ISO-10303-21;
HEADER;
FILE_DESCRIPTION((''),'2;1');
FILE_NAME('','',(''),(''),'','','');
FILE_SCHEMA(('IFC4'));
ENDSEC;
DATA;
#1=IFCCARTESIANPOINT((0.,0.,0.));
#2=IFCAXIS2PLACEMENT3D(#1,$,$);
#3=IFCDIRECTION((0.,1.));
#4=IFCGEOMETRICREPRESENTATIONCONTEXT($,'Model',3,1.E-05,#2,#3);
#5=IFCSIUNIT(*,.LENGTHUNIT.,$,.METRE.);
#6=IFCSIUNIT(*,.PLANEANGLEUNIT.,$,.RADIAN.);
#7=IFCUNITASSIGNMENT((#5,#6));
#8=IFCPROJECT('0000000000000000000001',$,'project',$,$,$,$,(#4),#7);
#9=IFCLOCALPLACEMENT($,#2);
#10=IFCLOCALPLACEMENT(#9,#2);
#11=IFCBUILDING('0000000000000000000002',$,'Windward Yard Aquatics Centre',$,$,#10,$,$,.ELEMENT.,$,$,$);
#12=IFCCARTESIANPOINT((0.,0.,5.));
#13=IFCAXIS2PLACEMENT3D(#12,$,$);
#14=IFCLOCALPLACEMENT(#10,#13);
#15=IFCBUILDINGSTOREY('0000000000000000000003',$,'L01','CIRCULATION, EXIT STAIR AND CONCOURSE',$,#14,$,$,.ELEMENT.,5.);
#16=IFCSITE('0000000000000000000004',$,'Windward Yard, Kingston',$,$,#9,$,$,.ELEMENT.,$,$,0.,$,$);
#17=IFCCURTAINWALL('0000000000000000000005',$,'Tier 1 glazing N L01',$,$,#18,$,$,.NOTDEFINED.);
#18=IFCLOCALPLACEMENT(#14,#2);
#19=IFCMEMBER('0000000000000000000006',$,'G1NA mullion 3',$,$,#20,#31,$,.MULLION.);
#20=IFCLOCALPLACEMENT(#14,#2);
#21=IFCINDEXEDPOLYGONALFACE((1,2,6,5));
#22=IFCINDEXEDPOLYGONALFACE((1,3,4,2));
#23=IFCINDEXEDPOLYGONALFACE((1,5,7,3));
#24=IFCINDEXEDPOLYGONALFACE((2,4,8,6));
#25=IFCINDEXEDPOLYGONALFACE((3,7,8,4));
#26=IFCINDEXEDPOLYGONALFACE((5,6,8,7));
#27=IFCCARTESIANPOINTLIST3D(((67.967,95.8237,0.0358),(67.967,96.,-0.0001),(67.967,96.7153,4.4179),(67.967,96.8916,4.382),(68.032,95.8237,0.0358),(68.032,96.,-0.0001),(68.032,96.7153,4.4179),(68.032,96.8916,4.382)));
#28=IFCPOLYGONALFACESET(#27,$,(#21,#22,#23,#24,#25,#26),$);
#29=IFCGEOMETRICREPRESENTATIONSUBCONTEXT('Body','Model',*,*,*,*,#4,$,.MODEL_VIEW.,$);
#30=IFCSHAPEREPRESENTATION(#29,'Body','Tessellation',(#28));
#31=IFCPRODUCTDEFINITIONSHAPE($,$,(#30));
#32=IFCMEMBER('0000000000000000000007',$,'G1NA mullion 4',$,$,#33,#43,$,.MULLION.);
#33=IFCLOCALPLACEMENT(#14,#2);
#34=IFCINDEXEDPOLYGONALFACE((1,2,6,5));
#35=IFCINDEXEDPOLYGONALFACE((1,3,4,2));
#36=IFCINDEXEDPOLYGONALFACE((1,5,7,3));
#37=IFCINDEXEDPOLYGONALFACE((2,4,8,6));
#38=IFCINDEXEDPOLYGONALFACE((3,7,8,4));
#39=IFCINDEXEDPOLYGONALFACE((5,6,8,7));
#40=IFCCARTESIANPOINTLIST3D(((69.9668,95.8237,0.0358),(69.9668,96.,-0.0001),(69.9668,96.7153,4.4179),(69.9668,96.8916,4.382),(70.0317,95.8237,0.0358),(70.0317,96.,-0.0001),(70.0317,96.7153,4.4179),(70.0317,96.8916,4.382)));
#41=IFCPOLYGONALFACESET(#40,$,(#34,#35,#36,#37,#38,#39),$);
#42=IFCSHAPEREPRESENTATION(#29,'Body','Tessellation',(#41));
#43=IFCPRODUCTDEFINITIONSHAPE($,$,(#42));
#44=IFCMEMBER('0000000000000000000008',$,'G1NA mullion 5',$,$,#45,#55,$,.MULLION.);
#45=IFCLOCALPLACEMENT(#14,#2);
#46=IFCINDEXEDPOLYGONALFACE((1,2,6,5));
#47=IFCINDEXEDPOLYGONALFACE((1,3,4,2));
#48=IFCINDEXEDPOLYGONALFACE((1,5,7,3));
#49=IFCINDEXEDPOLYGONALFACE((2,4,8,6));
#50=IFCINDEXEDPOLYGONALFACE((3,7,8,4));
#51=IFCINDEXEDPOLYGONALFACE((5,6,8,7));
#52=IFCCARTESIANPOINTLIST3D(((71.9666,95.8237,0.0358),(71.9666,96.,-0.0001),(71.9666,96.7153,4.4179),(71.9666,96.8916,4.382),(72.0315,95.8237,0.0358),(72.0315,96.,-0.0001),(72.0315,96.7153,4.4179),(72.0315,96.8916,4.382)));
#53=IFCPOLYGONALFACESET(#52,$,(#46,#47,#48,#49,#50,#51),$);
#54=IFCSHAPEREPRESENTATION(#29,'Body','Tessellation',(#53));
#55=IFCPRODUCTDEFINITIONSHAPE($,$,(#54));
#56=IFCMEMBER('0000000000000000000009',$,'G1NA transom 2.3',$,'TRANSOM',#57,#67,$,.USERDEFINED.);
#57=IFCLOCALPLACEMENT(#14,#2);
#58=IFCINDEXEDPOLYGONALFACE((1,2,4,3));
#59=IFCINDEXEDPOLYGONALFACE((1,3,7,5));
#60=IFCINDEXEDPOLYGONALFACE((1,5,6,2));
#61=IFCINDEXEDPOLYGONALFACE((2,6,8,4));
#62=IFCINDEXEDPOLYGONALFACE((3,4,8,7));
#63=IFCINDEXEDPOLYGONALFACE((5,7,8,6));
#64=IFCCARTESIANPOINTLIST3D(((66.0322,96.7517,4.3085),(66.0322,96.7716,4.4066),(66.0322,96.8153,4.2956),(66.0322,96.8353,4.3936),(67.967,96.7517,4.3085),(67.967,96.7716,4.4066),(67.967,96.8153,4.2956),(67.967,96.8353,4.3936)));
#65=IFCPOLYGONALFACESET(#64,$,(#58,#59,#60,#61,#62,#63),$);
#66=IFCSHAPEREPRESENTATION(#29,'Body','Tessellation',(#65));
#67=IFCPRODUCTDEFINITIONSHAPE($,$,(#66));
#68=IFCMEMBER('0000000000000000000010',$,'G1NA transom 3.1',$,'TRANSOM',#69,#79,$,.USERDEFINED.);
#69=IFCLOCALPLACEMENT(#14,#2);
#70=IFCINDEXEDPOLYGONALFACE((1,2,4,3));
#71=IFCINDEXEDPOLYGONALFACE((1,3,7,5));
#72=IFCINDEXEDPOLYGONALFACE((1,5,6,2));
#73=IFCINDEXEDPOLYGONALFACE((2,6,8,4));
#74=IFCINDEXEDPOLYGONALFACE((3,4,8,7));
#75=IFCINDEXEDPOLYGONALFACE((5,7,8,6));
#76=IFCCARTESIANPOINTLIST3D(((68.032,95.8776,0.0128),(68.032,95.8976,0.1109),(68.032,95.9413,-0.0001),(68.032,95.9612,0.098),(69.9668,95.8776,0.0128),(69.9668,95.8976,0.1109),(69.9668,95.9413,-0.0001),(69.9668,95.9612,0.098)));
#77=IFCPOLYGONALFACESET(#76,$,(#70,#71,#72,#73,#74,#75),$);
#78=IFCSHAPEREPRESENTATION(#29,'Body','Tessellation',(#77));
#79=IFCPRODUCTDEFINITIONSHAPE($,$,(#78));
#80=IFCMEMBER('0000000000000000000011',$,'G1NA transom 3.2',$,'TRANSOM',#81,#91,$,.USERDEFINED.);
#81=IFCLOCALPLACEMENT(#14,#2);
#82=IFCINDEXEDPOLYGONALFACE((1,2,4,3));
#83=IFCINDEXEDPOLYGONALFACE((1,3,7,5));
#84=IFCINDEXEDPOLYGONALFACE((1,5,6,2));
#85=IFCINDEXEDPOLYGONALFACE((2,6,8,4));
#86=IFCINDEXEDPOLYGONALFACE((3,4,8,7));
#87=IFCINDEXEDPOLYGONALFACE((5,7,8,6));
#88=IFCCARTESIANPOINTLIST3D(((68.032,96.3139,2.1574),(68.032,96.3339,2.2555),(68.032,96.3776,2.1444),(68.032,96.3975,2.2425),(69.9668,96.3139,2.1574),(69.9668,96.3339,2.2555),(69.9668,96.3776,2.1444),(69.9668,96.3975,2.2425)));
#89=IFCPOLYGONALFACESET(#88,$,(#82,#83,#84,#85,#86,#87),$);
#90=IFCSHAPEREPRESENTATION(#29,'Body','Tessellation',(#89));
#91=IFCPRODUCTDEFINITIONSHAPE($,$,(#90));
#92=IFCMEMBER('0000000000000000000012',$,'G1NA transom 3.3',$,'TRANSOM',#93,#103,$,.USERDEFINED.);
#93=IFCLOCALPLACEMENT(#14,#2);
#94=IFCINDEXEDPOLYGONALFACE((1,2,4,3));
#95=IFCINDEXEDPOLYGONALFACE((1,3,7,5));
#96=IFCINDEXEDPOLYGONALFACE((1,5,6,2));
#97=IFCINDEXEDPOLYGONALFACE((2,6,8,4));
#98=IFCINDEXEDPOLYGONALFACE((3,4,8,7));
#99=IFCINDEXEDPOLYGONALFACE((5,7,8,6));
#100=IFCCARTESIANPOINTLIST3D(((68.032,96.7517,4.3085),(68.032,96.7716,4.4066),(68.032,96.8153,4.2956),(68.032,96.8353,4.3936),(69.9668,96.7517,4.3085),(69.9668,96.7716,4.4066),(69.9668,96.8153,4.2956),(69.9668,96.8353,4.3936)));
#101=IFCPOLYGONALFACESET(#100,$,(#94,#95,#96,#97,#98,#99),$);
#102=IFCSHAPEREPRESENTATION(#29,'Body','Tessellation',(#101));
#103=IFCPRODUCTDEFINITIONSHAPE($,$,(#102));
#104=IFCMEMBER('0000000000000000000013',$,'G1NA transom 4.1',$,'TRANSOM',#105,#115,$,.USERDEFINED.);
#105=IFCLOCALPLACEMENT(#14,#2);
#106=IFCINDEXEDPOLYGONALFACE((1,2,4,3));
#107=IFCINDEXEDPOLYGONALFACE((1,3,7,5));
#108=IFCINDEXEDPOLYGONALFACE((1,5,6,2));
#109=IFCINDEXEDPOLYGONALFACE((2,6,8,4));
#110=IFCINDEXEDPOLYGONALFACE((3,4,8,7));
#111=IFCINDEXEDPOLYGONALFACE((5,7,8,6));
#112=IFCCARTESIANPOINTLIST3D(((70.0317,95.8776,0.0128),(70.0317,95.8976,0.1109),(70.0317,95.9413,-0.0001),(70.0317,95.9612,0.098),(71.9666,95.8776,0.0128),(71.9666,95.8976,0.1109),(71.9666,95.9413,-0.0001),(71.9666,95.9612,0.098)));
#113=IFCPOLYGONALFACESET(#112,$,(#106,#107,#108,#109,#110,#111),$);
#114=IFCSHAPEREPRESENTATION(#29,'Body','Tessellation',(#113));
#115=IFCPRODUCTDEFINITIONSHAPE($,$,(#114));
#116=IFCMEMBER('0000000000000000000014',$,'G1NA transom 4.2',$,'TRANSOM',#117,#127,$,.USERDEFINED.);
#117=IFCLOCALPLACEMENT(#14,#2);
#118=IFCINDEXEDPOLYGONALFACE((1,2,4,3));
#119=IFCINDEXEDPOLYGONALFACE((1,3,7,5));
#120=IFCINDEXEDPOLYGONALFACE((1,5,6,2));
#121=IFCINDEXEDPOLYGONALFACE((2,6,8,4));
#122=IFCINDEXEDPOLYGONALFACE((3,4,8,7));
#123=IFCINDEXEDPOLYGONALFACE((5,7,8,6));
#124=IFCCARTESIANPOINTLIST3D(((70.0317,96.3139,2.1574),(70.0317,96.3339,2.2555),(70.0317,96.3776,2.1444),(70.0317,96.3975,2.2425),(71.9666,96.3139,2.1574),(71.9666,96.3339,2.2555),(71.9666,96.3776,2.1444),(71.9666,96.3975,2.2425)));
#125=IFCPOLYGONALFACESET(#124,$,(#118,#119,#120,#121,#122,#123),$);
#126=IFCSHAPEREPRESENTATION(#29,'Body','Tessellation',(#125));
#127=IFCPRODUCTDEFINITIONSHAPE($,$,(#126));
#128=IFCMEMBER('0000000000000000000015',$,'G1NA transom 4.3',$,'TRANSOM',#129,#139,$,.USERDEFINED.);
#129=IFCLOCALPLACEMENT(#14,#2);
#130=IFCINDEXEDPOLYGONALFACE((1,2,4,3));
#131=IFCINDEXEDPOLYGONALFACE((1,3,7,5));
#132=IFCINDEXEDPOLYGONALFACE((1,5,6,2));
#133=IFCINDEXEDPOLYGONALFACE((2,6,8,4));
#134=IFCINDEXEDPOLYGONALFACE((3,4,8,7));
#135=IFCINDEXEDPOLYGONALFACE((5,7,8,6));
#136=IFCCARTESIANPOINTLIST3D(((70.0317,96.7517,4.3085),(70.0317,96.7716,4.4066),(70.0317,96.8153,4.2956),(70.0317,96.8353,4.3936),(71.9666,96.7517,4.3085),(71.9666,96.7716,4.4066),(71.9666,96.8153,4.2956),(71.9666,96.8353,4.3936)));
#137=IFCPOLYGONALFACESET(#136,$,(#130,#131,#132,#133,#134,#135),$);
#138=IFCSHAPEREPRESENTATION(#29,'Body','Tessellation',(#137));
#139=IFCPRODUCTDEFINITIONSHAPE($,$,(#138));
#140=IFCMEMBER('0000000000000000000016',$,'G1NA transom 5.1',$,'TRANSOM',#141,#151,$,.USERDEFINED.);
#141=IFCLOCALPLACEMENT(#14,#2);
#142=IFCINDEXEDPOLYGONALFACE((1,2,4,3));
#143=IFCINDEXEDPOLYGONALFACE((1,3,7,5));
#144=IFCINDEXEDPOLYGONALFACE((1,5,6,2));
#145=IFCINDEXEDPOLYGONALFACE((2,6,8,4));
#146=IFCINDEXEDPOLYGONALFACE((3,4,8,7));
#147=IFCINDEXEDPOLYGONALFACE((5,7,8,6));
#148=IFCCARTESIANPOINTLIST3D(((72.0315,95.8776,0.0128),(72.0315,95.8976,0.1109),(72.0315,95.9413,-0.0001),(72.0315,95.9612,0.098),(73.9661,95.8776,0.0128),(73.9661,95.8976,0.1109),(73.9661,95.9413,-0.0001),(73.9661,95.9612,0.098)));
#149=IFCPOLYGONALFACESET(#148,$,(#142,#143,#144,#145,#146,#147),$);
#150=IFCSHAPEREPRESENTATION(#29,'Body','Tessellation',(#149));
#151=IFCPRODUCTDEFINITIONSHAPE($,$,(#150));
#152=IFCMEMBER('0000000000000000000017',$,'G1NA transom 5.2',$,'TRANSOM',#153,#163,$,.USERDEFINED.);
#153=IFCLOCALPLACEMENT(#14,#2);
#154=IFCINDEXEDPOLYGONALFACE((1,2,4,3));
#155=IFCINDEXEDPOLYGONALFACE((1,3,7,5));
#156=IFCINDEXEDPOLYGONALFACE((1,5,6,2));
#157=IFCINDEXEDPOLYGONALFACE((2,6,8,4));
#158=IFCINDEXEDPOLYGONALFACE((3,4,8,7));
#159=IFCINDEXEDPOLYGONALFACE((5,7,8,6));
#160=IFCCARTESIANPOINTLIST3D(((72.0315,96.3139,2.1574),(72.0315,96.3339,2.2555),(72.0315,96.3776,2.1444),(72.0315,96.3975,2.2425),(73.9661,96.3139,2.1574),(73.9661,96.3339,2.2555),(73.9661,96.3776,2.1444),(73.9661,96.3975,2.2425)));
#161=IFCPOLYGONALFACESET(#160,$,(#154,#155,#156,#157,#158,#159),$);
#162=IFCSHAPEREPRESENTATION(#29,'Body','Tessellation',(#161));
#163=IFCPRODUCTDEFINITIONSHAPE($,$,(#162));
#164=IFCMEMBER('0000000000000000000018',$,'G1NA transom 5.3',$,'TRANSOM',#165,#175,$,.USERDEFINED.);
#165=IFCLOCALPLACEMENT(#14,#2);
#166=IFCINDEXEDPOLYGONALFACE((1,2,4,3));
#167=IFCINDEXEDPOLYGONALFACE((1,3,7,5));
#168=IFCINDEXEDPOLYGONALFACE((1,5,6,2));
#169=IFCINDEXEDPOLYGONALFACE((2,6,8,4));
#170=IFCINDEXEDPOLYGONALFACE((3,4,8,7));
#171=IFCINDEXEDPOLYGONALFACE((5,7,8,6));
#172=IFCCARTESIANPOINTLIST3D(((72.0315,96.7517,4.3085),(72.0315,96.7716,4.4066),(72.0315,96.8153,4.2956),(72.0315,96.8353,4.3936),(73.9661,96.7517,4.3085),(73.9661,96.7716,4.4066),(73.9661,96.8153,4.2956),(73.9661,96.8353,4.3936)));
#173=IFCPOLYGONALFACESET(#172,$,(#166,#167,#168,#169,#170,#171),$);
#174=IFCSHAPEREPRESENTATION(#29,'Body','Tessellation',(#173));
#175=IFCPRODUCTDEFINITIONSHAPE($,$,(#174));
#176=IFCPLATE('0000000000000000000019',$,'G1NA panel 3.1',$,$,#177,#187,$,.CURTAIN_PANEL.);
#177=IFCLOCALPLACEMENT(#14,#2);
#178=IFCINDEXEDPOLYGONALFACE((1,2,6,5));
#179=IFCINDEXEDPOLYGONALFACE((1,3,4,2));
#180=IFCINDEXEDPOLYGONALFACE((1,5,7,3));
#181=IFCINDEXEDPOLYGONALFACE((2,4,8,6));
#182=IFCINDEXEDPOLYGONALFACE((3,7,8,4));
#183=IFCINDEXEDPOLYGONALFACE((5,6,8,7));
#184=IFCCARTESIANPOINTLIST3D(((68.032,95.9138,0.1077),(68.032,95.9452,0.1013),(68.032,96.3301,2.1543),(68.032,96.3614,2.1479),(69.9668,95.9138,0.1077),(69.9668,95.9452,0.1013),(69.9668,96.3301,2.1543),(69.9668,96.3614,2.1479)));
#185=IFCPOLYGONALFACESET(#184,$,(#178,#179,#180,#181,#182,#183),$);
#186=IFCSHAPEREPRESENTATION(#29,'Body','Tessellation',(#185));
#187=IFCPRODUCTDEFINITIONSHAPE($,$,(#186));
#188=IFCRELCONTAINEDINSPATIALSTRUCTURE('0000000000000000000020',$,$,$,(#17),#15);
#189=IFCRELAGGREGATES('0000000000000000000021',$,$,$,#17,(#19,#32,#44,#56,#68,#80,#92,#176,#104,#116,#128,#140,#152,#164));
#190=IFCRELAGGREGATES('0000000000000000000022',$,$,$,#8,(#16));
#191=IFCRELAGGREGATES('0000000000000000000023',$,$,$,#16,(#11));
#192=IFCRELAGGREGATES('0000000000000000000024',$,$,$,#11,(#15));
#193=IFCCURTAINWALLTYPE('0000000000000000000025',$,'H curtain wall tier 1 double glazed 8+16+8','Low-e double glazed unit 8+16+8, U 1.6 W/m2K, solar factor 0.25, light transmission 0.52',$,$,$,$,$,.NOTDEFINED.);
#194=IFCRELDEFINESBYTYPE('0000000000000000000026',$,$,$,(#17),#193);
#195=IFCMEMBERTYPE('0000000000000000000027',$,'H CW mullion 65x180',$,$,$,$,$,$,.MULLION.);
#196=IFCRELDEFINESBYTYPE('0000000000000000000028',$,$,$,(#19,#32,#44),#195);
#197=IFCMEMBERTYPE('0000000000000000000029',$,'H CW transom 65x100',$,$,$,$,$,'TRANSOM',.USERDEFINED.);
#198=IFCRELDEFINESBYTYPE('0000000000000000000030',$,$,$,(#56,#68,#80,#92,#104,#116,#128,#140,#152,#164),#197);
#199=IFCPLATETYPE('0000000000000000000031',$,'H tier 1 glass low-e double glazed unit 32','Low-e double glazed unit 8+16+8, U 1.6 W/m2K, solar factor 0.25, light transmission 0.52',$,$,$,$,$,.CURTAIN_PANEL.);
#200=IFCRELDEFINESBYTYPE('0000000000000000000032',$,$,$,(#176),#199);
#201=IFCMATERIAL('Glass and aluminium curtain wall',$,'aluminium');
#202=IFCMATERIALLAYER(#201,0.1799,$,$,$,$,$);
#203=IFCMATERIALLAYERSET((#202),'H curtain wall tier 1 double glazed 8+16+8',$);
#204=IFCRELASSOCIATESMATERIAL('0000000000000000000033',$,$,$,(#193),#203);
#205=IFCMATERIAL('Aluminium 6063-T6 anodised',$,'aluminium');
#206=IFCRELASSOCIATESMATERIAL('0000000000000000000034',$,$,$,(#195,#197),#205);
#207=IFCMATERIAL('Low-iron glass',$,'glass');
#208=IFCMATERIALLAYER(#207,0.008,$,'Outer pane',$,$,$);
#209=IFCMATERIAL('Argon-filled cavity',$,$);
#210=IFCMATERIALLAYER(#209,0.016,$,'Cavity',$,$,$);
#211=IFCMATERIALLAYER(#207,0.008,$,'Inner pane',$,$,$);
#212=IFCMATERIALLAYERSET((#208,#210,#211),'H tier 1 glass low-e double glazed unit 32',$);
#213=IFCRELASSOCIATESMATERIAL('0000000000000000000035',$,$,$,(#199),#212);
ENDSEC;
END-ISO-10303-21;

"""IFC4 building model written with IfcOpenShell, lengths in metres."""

from ifc_helpers import new_model, si_unit, direction, frame, origin, origin_2d, place, context, subcontext, project, spatial, polyline, rectangle, outline, extrude, material, layer, layer_set, material_profile, profile_set, type_object, element, aggregate, save


model = new_model("IFC4")

# Units and contexts
model_context = context("Model", 3, precision=1e-05, world=origin(), true_north=direction((0.0, 1.0)))
body_context = subcontext(model_context, "Body", "Model", "MODEL_VIEW")
ifc_project = project(units=[si_unit("LENGTHUNIT", "METRE"), si_unit("PLANEANGLEUNIT", "RADIAN")], contexts=[model_context])

# Site, building, storey
site_placement = place(None, origin())
site = spatial("IfcSite", under=ifc_project, at=site_placement, Name="Windward Yard, Kingston", CompositionType="ELEMENT", RefElevation=0.0)
building_placement = place(site_placement, origin())
building = spatial("IfcBuilding", under=site, at=building_placement, Name="Windward Yard Aquatics Centre", CompositionType="ELEMENT")
storey_placement = place(building_placement, frame((0.0, 0.0, 5.0)))
storey = spatial("IfcBuildingStorey", under=building, at=storey_placement, Name="L01", Description="CIRCULATION, EXIT STAIR AND CONCOURSE", CompositionType="ELEMENT", Elevation=5.0)

# Curtain wall, members, plate
ifc_material_1 = material(Name="Glass and aluminium curtain wall", Category="aluminium")
ifc_layer_1 = layer(ifc_material_1, 0.1799)
ifc_layer_set_1 = layer_set([ifc_layer_1], Name="H curtain wall tier 1 double glazed 8+16+8")
curtain_wall_type = type_object("IfcCurtainWallType", Name="H curtain wall tier 1 double glazed 8+16+8", Description="Low-e double glazed unit 8+16+8, U 1.6 W/m2K, solar factor 0.25, light transmission 0.52", PredefinedType="NOTDEFINED", material=ifc_layer_set_1)
curtain_wall_placement = place(storey_placement, origin())
curtain_wall = element("IfcCurtainWall", 1, at=curtain_wall_placement, inside=storey, type_object=curtain_wall_type, Name="Tier 1 glazing N L01", PredefinedType="NOTDEFINED")
ifc_material_2 = material(Name="Aluminium 6063-T6 anodised", Category="aluminium")
ifc_material_profile_1 = material_profile(ifc_material_2, rectangle(XDim=0.0649, YDim=0.1799, at=origin_2d()), Name="H CW mullion 65x180")
ifc_profile_set_1 = profile_set([ifc_material_profile_1], Name="Aluminium 6063-T6 anodised")
member_type_1 = type_object("IfcMemberType", Name="H CW mullion 65x180", PredefinedType="MULLION", material=ifc_profile_set_1)
member_1_placement = place(storey_placement, frame((67.9995, 95.9119, 0.0178), z_axis=(0.0, 0.19938, 0.979922), x_axis=(-1.0, 0.0, 0.0)))
member_1 = element("IfcMember", 2, at=member_1_placement, type_object=member_type_1, Name="G1NA mullion 3", PredefinedType="MULLION", context=body_context, shape_type="SweptSolid", body=[
    extrude(rectangle(XDim=0.0649, YDim=0.1799, at=origin_2d()), origin(), (0.0, 0.0, 1.0), 4.4719),
])
member_2_placement = place(storey_placement, frame((69.9993, 95.9119, 0.0178), z_axis=(0.0, 0.19938, 0.979922), x_axis=(-1.0, 0.0, 0.0)))
member_2 = element("IfcMember", 3, at=member_2_placement, type_object=member_type_1, Name="G1NA mullion 4", PredefinedType="MULLION", context=body_context, shape_type="SweptSolid", body=[
    extrude(rectangle(XDim=0.0649, YDim=0.1799, at=origin_2d()), origin(), (0.0, 0.0, 1.0), 4.4719),
])
member_3_placement = place(storey_placement, frame((71.999, 95.9119, 0.0178), z_axis=(0.0, 0.19938, 0.979922), x_axis=(-1.0, 0.0, 0.0)))
member_3 = element("IfcMember", 4, at=member_3_placement, type_object=member_type_1, Name="G1NA mullion 5", PredefinedType="MULLION", context=body_context, shape_type="SweptSolid", body=[
    extrude(rectangle(XDim=0.0649, YDim=0.1799, at=origin_2d()), origin(), (0.0, 0.0, 1.0), 4.4719),
])
ifc_material_profile_2 = material_profile(ifc_material_2, rectangle(XDim=0.0649, YDim=0.1001, at=origin_2d()), Name="H CW transom 65x100")
ifc_profile_set_2 = profile_set([ifc_material_profile_2], Name="Aluminium 6063-T6 anodised")
member_type_2 = type_object("IfcMemberType", Name="H CW transom 65x100", ElementType="TRANSOM", PredefinedType="USERDEFINED", material=ifc_profile_set_2)
member_4_placement = place(storey_placement, frame((66.0322, 96.7935, 4.3511), z_axis=(1.0, 0.0, 0.0), x_axis=(0.0, -0.979925, 0.199368)))
member_4 = element("IfcMember", 5, at=member_4_placement, type_object=member_type_2, Name="G1NA transom 2.3", ObjectType="TRANSOM", PredefinedType="USERDEFINED", context=body_context, shape_type="SweptSolid", body=[
    extrude(rectangle(XDim=0.0649, YDim=0.1001, at=origin_2d()), origin(), (0.0, 0.0, 1.0), 1.9348),
])
member_5_placement = place(storey_placement, frame((68.032, 95.9194, 0.0554), z_axis=(1.0, 0.0, 0.0), x_axis=(0.0, -0.979925, 0.199368)))
member_5 = element("IfcMember", 6, at=member_5_placement, type_object=member_type_2, Name="G1NA transom 3.1", ObjectType="TRANSOM", PredefinedType="USERDEFINED", context=body_context, shape_type="SweptSolid", body=[
    extrude(rectangle(XDim=0.0649, YDim=0.1001, at=origin_2d()), origin(), (0.0, 0.0, 1.0), 1.9348),
])
member_6_placement = place(storey_placement, frame((68.032, 96.3557, 2.2), z_axis=(1.0, 0.0, 0.0), x_axis=(0.0, -0.979925, 0.199368)))
member_6 = element("IfcMember", 7, at=member_6_placement, type_object=member_type_2, Name="G1NA transom 3.2", ObjectType="TRANSOM", PredefinedType="USERDEFINED", context=body_context, shape_type="SweptSolid", body=[
    extrude(rectangle(XDim=0.0649, YDim=0.1001, at=origin_2d()), origin(), (0.0, 0.0, 1.0), 1.9348),
])
member_7_placement = place(storey_placement, frame((68.032, 96.7935, 4.3511), z_axis=(1.0, 0.0, 0.0), x_axis=(0.0, -0.979925, 0.199368)))
member_7 = element("IfcMember", 8, at=member_7_placement, type_object=member_type_2, Name="G1NA transom 3.3", ObjectType="TRANSOM", PredefinedType="USERDEFINED", context=body_context, shape_type="SweptSolid", body=[
    extrude(rectangle(XDim=0.0649, YDim=0.1001, at=origin_2d()), origin(), (0.0, 0.0, 1.0), 1.9348),
])
member_8_placement = place(storey_placement, frame((70.0317, 95.9194, 0.0554), z_axis=(1.0, 0.0, 0.0), x_axis=(0.0, -0.979925, 0.199368)))
member_8 = element("IfcMember", 9, at=member_8_placement, type_object=member_type_2, Name="G1NA transom 4.1", ObjectType="TRANSOM", PredefinedType="USERDEFINED", context=body_context, shape_type="SweptSolid", body=[
    extrude(rectangle(XDim=0.0649, YDim=0.1001, at=origin_2d()), origin(), (0.0, 0.0, 1.0), 1.9348),
])
member_9_placement = place(storey_placement, frame((70.0317, 96.3557, 2.2), z_axis=(1.0, 0.0, 0.0), x_axis=(0.0, -0.979925, 0.199368)))
member_9 = element("IfcMember", 10, at=member_9_placement, type_object=member_type_2, Name="G1NA transom 4.2", ObjectType="TRANSOM", PredefinedType="USERDEFINED", context=body_context, shape_type="SweptSolid", body=[
    extrude(rectangle(XDim=0.0649, YDim=0.1001, at=origin_2d()), origin(), (0.0, 0.0, 1.0), 1.9348),
])
member_10_placement = place(storey_placement, frame((70.0317, 96.7935, 4.3511), z_axis=(1.0, 0.0, 0.0), x_axis=(0.0, -0.979925, 0.199368)))
member_10 = element("IfcMember", 11, at=member_10_placement, type_object=member_type_2, Name="G1NA transom 4.3", ObjectType="TRANSOM", PredefinedType="USERDEFINED", context=body_context, shape_type="SweptSolid", body=[
    extrude(rectangle(XDim=0.0649, YDim=0.1001, at=origin_2d()), origin(), (0.0, 0.0, 1.0), 1.9348),
])
member_11_placement = place(storey_placement, frame((72.0315, 95.9194, 0.0554), z_axis=(1.0, 0.0, 0.0), x_axis=(0.0, -0.979925, 0.199368)))
member_11 = element("IfcMember", 12, at=member_11_placement, type_object=member_type_2, Name="G1NA transom 5.1", ObjectType="TRANSOM", PredefinedType="USERDEFINED", context=body_context, shape_type="SweptSolid", body=[
    extrude(rectangle(XDim=0.0649, YDim=0.1001, at=origin_2d()), origin(), (0.0, 0.0, 1.0), 1.9346),
])
member_12_placement = place(storey_placement, frame((72.0315, 96.3557, 2.2), z_axis=(1.0, 0.0, 0.0), x_axis=(0.0, -0.979925, 0.199368)))
member_12 = element("IfcMember", 13, at=member_12_placement, type_object=member_type_2, Name="G1NA transom 5.2", ObjectType="TRANSOM", PredefinedType="USERDEFINED", context=body_context, shape_type="SweptSolid", body=[
    extrude(rectangle(XDim=0.0649, YDim=0.1001, at=origin_2d()), origin(), (0.0, 0.0, 1.0), 1.9346),
])
member_13_placement = place(storey_placement, frame((72.0315, 96.7935, 4.3511), z_axis=(1.0, 0.0, 0.0), x_axis=(0.0, -0.979925, 0.199368)))
member_13 = element("IfcMember", 14, at=member_13_placement, type_object=member_type_2, Name="G1NA transom 5.3", ObjectType="TRANSOM", PredefinedType="USERDEFINED", context=body_context, shape_type="SweptSolid", body=[
    extrude(rectangle(XDim=0.0649, YDim=0.1001, at=origin_2d()), origin(), (0.0, 0.0, 1.0), 1.9346),
])
ifc_material_3 = material(Name="Low-iron glass", Category="glass")
ifc_layer_2 = layer(ifc_material_3, 0.008, Name="Outer pane")
ifc_material_4 = material(Name="Argon-filled cavity")
ifc_layer_3 = layer(ifc_material_4, 0.016, Name="Cavity")
ifc_layer_4 = layer(ifc_material_3, 0.008, Name="Inner pane")
ifc_layer_set_2 = layer_set([ifc_layer_2, ifc_layer_3, ifc_layer_4], Name="H tier 1 glass low-e double glazed unit 32")
plate_type = type_object("IfcPlateType", Name="H tier 1 glass low-e double glazed unit 32", Description="Low-e double glazed unit 8+16+8, U 1.6 W/m2K, solar factor 0.25, light transmission 0.52", PredefinedType="CURTAIN_PANEL", material=ifc_layer_set_2)
plate_1_placement = place(storey_placement, frame((68.032, 95.9138, 0.1077), z_axis=(0.0, -0.979937, 0.199307), x_axis=(1.0, 0.0, 0.0)))
plate_1 = element("IfcPlate", 15, at=plate_1_placement, type_object=plate_type, Name="G1NA panel 3.1", PredefinedType="CURTAIN_PANEL", context=body_context, shape_type="SweptSolid", body=[
    extrude(outline(polyline([(0.0, 0.0), (1.9348, 0.0), (1.9348, 2.0885), (0.0, 2.0885), (0.0, 0.0)])), origin(), (0.0, 0.0, -1.0), 0.032),
])
aggregate(curtain_wall, [member_1, member_2, member_3, member_4, member_5, member_6, member_7, plate_1, member_8, member_9, member_10, member_11, member_12, member_13])

save(model, "model.ifc")
